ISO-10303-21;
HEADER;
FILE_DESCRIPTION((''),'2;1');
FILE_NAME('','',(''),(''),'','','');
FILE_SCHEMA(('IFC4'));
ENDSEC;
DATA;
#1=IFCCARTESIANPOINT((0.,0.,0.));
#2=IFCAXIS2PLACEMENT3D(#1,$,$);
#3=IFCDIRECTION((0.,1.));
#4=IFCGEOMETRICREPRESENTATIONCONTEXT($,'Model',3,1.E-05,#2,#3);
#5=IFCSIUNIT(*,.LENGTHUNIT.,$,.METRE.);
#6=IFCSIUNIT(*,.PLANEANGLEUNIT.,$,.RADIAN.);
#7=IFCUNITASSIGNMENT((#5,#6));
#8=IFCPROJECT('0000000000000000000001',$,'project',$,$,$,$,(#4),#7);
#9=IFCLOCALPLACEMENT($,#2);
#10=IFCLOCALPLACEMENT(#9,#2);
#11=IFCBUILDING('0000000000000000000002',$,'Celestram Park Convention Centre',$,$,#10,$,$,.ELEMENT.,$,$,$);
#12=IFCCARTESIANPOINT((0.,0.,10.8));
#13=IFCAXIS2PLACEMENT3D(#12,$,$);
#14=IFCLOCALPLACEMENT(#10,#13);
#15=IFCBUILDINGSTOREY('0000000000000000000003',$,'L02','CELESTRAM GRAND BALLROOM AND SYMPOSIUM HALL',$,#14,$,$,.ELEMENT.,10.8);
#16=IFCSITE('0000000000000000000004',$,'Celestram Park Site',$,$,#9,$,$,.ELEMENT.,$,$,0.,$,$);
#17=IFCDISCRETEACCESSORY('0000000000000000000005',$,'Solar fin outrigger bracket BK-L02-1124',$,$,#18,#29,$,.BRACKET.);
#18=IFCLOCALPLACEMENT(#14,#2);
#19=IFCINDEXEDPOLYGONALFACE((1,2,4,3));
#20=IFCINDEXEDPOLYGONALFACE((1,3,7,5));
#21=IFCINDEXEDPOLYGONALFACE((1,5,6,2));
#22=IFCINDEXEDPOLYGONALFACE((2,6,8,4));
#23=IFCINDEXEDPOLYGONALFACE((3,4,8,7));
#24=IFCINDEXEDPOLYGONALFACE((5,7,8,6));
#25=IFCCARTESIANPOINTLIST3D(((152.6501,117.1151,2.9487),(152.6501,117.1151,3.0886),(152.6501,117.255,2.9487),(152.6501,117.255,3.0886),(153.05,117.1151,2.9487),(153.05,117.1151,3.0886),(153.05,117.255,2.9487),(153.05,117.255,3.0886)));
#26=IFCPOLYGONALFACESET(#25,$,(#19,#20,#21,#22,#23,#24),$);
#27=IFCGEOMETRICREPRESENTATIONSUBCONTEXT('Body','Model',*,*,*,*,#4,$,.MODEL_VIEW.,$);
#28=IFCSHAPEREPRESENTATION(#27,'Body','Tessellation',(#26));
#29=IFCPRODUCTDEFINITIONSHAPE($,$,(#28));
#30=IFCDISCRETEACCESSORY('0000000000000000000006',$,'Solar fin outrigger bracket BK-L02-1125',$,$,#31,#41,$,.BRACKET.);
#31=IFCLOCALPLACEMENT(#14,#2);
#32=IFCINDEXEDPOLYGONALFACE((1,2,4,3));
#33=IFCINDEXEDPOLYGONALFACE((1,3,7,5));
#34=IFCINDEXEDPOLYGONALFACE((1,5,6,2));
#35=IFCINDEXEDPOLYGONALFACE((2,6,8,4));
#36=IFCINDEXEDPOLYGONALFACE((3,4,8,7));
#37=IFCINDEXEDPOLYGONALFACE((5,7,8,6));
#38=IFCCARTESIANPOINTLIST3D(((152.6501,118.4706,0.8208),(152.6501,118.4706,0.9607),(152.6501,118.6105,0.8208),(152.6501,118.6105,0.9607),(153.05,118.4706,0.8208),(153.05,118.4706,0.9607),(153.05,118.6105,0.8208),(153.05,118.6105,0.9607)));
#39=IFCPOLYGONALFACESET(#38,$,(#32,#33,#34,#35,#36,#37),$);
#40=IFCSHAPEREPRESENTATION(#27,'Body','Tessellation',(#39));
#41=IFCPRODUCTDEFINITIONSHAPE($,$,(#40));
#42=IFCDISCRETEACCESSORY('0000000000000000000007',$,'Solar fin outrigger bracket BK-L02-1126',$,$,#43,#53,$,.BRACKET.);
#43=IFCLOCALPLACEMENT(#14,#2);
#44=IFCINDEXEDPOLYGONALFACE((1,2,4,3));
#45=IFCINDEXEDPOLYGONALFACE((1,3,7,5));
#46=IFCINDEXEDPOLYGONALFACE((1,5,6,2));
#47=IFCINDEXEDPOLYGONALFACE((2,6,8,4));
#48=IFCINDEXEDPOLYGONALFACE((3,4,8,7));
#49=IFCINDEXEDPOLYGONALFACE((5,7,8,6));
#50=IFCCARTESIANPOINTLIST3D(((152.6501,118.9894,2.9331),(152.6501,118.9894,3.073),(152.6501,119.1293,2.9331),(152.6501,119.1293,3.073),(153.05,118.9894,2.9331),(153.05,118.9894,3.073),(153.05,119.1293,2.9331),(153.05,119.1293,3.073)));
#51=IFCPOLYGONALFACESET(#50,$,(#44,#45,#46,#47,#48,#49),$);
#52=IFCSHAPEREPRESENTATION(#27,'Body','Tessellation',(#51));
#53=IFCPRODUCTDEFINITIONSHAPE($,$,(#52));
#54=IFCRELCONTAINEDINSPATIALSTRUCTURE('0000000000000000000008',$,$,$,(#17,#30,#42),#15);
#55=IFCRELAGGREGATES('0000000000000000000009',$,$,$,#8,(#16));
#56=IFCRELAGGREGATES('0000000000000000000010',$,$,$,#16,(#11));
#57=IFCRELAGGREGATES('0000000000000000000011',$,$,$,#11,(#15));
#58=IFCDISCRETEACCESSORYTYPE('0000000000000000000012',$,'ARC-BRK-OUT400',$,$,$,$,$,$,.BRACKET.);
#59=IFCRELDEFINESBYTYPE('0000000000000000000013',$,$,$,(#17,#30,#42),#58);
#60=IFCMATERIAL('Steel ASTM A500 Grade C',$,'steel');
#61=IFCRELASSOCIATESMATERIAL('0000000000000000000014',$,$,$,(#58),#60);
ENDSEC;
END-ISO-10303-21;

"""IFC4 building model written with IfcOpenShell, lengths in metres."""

from ifc_helpers import new_model, si_unit, direction, frame, origin, origin_2d, place, context, subcontext, project, spatial, rectangle, extrude, material, type_object, element, save


model = new_model("IFC4")

# Units and contexts
model_context = context("Model", 3, precision=1e-05, world=origin(), true_north=direction((0.0, 1.0)))
body_context = subcontext(model_context, "Body", "Model", "MODEL_VIEW")
ifc_project = project(units=[si_unit("LENGTHUNIT", "METRE"), si_unit("PLANEANGLEUNIT", "RADIAN")], contexts=[model_context])

# Site, building, storey
site_placement = place(None, origin())
site = spatial("IfcSite", under=ifc_project, at=site_placement, Name="Celestram Park Site", CompositionType="ELEMENT", RefElevation=0.0)
building_placement = place(site_placement, origin())
building = spatial("IfcBuilding", under=site, at=building_placement, Name="Celestram Park Convention Centre", CompositionType="ELEMENT")
storey_placement = place(building_placement, frame((0.0, 0.0, 10.8)))
storey = spatial("IfcBuildingStorey", under=building, at=storey_placement, Name="L02", Description="CELESTRAM GRAND BALLROOM AND SYMPOSIUM HALL", CompositionType="ELEMENT", Elevation=10.8)

# Shared definitions
ifc_material_1 = material(Name="Steel ASTM A500 Grade C", Category="steel")

# Discrete accessories
discrete_accessory_type = type_object("IfcDiscreteAccessoryType", Name="ARC-BRK-OUT400", PredefinedType="BRACKET", material=ifc_material_1)
for number, where, z_axis, x_axis, name in (
    (1, (152.8501, 117.1851, 2.9487), (0.0, 0.0, 1.0), (-1.0, 0.0, 0.0), "Solar fin outrigger bracket BK-L02-1124"),
    (2, (152.8501, 118.5405, 0.8208), (0.0, 0.0, 1.0), (-1.0, 0.0, 0.0), "Solar fin outrigger bracket BK-L02-1125"),
    (3, (152.8501, 119.0593, 2.9331), (0.0, 0.0, 1.0), (-1.0, 0.0, 0.0), "Solar fin outrigger bracket BK-L02-1126"),
):
    element("IfcDiscreteAccessory", number, at=place(storey_placement, frame(where, z_axis=z_axis, x_axis=x_axis)), inside=storey, type_object=discrete_accessory_type, Name=name, PredefinedType="BRACKET", context=body_context, shape_type="SweptSolid", body=[
        extrude(rectangle(XDim=0.3999, YDim=0.1399, at=origin_2d()), origin(), (0.0, 0.0, 1.0), 0.1399),
    ])

save(model, "model.ifc")
